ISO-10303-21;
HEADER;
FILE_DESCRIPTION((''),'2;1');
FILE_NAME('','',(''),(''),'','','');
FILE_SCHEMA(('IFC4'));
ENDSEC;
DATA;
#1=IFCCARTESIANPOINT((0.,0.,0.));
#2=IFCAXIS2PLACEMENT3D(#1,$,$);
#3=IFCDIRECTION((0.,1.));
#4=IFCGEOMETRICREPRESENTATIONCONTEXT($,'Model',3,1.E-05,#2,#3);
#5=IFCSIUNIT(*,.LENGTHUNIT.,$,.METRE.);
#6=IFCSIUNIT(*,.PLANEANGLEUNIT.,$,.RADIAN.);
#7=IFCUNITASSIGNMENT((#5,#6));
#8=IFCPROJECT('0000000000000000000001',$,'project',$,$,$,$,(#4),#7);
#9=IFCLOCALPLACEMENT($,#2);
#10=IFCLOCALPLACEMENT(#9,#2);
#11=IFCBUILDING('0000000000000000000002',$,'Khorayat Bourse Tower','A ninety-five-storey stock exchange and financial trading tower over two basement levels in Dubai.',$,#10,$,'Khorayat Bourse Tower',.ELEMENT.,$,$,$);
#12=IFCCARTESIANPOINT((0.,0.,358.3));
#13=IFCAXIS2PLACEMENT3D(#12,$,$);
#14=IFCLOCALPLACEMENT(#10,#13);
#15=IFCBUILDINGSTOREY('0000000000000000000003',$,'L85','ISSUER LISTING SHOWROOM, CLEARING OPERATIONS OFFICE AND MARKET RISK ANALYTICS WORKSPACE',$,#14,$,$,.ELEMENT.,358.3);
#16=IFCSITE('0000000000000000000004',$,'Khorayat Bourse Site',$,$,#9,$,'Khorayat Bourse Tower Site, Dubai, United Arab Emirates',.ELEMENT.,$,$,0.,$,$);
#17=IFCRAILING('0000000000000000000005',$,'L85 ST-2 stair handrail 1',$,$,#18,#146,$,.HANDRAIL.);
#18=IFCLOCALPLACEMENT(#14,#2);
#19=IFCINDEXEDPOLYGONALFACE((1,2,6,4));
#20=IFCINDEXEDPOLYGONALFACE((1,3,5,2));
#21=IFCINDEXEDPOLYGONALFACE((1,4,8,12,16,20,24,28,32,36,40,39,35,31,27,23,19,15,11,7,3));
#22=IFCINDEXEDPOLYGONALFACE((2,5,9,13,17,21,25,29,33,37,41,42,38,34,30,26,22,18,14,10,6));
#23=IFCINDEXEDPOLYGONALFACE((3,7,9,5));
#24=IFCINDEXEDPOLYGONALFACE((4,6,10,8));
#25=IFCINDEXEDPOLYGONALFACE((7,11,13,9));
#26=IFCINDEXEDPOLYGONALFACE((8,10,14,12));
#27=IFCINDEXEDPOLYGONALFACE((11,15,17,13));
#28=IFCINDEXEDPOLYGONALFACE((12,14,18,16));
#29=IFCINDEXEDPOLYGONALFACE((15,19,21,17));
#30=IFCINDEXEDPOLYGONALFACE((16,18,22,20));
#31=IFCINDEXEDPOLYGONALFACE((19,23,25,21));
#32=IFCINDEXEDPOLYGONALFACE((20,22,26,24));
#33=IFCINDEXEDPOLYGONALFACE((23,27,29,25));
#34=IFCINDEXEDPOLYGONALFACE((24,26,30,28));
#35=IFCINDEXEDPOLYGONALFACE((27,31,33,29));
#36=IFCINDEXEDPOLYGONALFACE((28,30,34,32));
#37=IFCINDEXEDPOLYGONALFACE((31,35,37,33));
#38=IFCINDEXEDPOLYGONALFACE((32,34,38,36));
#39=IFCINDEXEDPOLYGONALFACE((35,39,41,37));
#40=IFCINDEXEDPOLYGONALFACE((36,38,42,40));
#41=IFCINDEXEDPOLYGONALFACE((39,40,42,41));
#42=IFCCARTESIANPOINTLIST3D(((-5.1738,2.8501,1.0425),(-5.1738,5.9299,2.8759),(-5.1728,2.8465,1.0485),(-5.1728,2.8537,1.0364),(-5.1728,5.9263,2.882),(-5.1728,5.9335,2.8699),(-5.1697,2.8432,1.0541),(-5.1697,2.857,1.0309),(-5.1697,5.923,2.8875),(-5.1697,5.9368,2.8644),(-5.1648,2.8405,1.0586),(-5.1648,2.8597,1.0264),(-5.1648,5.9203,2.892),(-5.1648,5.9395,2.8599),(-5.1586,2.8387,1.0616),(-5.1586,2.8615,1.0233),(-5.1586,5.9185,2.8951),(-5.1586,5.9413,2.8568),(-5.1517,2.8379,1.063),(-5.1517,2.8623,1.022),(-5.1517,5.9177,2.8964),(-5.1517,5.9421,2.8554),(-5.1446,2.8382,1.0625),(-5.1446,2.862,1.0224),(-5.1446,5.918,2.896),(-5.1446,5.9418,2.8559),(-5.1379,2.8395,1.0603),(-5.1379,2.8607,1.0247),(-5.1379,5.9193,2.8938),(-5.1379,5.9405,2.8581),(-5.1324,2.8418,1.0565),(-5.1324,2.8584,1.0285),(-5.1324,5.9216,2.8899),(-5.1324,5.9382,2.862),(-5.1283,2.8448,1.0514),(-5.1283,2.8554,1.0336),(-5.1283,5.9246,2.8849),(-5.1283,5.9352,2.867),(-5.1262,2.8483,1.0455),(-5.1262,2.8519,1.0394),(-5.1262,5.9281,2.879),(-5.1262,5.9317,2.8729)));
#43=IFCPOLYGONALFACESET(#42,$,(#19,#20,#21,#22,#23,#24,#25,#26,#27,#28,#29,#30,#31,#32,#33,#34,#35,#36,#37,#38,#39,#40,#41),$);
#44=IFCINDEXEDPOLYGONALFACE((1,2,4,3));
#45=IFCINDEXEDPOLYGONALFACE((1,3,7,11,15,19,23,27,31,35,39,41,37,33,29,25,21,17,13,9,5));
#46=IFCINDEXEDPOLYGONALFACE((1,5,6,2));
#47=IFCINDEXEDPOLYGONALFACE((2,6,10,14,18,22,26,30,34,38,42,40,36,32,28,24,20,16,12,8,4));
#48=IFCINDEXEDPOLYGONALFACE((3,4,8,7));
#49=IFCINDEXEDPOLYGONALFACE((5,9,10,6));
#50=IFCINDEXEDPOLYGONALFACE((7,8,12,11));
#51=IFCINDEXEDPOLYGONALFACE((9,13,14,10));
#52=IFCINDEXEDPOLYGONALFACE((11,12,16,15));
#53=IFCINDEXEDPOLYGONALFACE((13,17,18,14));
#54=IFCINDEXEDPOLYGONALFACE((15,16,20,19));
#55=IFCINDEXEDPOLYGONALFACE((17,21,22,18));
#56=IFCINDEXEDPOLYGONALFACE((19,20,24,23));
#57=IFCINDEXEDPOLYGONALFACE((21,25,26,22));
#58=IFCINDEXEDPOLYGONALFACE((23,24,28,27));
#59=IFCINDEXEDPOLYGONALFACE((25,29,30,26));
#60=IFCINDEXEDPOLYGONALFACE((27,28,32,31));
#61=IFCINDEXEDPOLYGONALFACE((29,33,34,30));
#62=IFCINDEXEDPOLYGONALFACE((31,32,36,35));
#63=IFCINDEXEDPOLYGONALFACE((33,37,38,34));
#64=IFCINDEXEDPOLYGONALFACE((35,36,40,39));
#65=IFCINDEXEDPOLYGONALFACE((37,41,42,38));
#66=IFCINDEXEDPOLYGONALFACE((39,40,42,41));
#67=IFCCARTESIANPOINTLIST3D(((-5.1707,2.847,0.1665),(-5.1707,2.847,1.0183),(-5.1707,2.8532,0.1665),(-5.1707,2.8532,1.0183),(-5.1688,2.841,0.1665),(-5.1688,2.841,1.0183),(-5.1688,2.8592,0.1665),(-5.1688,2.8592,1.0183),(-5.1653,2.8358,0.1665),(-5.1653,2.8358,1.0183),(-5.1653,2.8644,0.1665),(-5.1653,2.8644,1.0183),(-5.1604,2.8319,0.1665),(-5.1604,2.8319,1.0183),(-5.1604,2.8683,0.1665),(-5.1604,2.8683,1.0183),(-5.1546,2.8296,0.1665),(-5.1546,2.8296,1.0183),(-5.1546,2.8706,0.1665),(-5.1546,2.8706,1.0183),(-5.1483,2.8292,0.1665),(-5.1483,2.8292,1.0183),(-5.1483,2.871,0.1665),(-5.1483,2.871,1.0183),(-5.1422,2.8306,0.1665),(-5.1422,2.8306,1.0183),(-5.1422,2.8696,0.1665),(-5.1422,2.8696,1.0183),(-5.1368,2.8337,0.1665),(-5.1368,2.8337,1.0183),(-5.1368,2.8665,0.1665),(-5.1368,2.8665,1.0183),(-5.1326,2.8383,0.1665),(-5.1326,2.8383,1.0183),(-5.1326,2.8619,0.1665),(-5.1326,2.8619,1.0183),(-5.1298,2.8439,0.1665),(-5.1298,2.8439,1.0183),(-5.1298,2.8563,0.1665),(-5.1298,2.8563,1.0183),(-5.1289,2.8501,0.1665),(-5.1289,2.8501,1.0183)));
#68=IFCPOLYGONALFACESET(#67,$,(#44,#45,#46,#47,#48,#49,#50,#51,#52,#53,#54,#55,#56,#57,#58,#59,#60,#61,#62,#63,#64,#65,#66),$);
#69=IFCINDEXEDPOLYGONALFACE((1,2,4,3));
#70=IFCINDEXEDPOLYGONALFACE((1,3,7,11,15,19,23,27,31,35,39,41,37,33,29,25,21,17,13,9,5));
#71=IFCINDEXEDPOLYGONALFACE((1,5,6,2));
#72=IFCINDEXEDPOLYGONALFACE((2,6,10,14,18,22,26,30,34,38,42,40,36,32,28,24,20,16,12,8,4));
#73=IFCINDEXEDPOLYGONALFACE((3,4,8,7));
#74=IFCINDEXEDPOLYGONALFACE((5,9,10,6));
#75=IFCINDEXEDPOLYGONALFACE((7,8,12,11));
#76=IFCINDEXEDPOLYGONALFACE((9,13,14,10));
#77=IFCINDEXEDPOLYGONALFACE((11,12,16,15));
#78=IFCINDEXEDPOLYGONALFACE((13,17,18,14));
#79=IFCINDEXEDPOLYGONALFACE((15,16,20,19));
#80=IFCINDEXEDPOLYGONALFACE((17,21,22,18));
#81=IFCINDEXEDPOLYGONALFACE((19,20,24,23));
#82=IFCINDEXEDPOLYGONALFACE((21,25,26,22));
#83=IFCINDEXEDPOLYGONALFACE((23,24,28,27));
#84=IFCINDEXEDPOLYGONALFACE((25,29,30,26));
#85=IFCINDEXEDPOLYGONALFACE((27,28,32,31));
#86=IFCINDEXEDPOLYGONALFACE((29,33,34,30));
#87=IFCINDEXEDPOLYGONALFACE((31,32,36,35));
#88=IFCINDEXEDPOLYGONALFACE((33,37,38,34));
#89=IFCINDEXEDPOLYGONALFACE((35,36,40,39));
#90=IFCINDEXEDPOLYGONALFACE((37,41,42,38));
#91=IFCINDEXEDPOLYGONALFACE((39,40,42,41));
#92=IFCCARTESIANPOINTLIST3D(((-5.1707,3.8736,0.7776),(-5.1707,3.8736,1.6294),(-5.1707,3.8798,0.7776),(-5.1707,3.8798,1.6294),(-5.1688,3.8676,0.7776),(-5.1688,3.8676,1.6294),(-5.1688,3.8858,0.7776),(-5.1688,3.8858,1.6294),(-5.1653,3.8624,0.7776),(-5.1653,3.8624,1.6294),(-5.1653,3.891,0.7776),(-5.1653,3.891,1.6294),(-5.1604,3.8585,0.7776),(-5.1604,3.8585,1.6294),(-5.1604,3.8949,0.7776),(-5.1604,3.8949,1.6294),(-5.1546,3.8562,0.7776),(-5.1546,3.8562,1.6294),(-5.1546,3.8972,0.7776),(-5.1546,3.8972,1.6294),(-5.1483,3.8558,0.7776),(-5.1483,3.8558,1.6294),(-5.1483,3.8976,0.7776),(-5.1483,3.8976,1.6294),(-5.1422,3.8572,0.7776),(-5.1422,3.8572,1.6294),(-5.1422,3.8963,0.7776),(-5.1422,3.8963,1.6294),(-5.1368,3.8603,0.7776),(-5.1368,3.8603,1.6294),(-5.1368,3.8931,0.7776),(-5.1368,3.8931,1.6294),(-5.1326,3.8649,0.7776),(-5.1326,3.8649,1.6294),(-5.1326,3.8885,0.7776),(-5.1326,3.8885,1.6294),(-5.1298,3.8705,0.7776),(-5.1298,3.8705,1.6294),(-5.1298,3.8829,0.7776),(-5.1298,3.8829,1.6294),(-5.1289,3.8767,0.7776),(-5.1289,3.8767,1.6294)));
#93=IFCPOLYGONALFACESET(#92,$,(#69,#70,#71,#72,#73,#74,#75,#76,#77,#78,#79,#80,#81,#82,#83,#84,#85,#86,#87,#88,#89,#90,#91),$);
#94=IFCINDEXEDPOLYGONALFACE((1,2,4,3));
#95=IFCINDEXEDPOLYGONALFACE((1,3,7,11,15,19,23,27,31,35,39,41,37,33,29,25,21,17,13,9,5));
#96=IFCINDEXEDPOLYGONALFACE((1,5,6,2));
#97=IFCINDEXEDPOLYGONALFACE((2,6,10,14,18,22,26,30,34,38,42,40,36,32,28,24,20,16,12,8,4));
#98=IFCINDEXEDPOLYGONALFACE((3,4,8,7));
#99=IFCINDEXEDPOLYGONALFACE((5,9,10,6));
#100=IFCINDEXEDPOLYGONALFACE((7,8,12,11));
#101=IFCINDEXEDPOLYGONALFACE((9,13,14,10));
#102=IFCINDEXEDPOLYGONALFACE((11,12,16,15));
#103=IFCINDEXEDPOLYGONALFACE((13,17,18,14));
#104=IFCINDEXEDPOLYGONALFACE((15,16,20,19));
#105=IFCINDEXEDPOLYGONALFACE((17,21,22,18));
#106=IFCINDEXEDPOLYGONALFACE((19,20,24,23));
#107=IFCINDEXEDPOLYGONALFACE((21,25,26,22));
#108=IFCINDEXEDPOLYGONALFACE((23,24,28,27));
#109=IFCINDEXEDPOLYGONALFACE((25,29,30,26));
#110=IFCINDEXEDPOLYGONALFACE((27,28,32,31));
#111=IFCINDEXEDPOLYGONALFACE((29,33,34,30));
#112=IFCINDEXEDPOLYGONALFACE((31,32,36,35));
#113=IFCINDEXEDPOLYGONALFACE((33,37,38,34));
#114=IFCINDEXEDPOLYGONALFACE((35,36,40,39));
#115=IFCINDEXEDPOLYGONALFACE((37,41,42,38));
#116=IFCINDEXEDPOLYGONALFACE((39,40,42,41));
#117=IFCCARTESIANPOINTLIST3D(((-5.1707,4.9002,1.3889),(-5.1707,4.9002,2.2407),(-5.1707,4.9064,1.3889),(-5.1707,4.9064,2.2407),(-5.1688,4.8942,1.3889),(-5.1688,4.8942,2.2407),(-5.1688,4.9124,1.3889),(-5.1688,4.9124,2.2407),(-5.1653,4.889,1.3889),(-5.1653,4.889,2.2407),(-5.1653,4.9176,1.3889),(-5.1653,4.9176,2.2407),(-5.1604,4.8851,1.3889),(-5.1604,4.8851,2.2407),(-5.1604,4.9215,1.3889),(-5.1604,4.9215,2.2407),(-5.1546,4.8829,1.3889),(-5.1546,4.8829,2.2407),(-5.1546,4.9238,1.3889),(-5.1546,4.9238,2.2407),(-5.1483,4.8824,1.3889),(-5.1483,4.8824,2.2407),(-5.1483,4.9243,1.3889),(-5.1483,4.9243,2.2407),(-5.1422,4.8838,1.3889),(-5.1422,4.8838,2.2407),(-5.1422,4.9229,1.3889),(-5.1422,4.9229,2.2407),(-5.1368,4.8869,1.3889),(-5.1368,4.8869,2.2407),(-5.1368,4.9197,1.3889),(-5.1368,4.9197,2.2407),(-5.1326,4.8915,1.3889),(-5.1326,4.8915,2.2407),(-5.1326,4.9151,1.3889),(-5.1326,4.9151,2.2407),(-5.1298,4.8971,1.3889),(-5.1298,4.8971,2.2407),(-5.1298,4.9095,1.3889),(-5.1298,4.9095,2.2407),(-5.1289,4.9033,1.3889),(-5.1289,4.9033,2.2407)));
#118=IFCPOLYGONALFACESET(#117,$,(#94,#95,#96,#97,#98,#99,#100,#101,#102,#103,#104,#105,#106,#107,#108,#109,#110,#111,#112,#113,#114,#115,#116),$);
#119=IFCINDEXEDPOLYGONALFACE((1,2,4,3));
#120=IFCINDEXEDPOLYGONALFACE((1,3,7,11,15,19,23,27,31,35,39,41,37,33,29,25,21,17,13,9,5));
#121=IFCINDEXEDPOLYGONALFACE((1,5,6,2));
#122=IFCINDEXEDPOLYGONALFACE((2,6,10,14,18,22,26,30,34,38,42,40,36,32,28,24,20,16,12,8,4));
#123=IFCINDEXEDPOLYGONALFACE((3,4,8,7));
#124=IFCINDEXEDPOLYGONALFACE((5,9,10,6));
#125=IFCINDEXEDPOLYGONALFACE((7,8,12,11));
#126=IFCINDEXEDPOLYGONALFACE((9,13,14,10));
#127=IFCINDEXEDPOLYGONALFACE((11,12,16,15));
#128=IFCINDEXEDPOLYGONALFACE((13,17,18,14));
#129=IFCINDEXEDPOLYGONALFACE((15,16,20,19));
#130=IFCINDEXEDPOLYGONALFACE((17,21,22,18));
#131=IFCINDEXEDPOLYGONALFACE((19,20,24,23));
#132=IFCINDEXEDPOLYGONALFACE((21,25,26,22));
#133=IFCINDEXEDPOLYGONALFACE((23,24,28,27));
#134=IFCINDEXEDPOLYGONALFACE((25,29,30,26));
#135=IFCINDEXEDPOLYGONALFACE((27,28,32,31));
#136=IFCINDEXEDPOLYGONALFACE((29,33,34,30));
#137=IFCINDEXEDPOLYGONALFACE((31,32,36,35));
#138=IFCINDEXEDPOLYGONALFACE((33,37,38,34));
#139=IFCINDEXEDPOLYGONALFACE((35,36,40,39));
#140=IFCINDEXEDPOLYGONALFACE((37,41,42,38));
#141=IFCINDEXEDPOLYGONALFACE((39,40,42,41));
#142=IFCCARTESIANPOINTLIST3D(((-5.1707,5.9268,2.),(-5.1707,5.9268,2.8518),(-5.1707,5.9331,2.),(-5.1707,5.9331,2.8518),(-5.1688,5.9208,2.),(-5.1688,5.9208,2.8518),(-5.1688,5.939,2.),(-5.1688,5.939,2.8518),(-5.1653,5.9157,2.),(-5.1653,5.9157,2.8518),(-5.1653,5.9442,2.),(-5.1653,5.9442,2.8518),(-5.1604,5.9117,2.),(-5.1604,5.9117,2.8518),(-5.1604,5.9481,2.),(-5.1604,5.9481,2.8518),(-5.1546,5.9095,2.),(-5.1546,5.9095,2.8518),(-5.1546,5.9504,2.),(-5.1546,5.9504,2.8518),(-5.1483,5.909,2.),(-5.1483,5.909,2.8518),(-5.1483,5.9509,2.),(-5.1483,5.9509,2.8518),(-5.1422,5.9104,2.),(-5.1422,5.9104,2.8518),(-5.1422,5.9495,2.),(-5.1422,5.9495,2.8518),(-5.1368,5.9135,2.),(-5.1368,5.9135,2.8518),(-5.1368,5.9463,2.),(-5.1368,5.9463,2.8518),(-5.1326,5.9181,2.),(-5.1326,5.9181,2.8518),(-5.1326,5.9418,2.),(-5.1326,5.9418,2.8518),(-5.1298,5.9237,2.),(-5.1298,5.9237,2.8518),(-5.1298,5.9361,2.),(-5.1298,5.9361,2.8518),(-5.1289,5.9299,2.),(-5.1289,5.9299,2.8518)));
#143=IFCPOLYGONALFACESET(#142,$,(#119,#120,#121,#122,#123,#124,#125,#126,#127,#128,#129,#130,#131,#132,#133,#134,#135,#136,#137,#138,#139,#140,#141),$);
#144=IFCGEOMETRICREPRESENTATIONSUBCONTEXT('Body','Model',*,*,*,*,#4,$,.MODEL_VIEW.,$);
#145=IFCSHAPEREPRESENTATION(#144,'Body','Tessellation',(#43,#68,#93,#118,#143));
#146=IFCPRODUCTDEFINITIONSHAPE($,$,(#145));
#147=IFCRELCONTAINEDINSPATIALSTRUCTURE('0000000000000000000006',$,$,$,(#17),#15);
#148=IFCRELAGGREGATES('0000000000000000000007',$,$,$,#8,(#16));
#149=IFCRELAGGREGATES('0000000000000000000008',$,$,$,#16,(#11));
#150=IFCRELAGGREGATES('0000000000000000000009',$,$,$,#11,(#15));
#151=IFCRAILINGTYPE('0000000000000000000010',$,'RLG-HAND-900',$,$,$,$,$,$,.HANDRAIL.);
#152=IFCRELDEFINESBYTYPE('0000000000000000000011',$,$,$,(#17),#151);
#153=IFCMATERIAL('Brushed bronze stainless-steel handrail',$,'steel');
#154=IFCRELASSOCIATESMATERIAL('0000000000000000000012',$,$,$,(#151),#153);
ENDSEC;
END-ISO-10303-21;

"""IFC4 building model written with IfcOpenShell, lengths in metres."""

from ifc_helpers import new_model, si_unit, direction, frame, origin, origin_2d, place, context, subcontext, project, spatial, circle, extrude, source, transform, mapped, material, type_object, element, save


model = new_model("IFC4")

# Units and contexts
model_context = context("Model", 3, precision=1e-05, world=origin(), true_north=direction((0.0, 1.0)))
body_context = subcontext(model_context, "Body", "Model", "MODEL_VIEW")
ifc_project = project(units=[si_unit("LENGTHUNIT", "METRE"), si_unit("PLANEANGLEUNIT", "RADIAN")], contexts=[model_context])

# Site, building, storey
site_placement = place(None, origin())
site = spatial("IfcSite", under=ifc_project, at=site_placement, Name="Khorayat Bourse Site", LongName="Khorayat Bourse Tower Site, Dubai, United Arab Emirates", CompositionType="ELEMENT", RefElevation=0.0)
building_placement = place(site_placement, origin())
building = spatial("IfcBuilding", under=site, at=building_placement, Name="Khorayat Bourse Tower", Description="A ninety-five-storey stock exchange and financial trading tower over two basement levels in Dubai.", LongName="Khorayat Bourse Tower", CompositionType="ELEMENT")
storey_placement = place(building_placement, frame((0.0, 0.0, 358.3)))
storey = spatial("IfcBuildingStorey", under=building, at=storey_placement, Name="L85", Description="ISSUER LISTING SHOWROOM, CLEARING OPERATIONS OFFICE AND MARKET RISK ANALYTICS WORKSPACE", CompositionType="ELEMENT", Elevation=358.3)

# Railing
ifc_material_1 = material(Name="Brushed bronze stainless-steel handrail", Category="steel")
railing_type_1 = type_object("IfcRailingType", Name="RLG-HAND-900", PredefinedType="HANDRAIL", material=ifc_material_1)
shared_shape_1 = source(origin(), body_context, "Body", "SweptSolid", [
    extrude(circle(Radius=0.0239, at=origin_2d()), frame((0.0, 0.0, 0.876), z_axis=(0.0, 0.859261, 0.511538), x_axis=(-1.0, 0.0, 0.0)), (0.0, 0.0, 1.0), 3.5842),
    extrude(circle(Radius=0.021, at=origin_2d()), origin(), (0.0, 0.0, 1.0), 0.8518),
    extrude(circle(Radius=0.021, at=origin_2d()), frame((0.0, 1.0266, 0.6111)), (0.0, 0.0, 1.0), 0.8518),
    extrude(circle(Radius=0.021, at=origin_2d()), frame((0.0, 2.0532, 1.2224)), (0.0, 0.0, 1.0), 0.8518),
    extrude(circle(Radius=0.021, at=origin_2d()), frame((0.0, 3.0798, 1.8335)), (0.0, 0.0, 1.0), 0.8518),
])
railing_1_placement = place(storey_placement, frame((-5.1499, 2.8501, 0.1665)))
element("IfcRailing", 1, at=railing_1_placement, inside=storey, type_object=railing_type_1, Name="L85 ST-2 stair handrail 1", PredefinedType="HANDRAIL", context=body_context, shape_type="MappedRepresentation", body=[
    mapped(shared_shape_1, transform((0.0, 0.0, 0.0), scale=1.0)),
])

save(model, "model.ifc")
